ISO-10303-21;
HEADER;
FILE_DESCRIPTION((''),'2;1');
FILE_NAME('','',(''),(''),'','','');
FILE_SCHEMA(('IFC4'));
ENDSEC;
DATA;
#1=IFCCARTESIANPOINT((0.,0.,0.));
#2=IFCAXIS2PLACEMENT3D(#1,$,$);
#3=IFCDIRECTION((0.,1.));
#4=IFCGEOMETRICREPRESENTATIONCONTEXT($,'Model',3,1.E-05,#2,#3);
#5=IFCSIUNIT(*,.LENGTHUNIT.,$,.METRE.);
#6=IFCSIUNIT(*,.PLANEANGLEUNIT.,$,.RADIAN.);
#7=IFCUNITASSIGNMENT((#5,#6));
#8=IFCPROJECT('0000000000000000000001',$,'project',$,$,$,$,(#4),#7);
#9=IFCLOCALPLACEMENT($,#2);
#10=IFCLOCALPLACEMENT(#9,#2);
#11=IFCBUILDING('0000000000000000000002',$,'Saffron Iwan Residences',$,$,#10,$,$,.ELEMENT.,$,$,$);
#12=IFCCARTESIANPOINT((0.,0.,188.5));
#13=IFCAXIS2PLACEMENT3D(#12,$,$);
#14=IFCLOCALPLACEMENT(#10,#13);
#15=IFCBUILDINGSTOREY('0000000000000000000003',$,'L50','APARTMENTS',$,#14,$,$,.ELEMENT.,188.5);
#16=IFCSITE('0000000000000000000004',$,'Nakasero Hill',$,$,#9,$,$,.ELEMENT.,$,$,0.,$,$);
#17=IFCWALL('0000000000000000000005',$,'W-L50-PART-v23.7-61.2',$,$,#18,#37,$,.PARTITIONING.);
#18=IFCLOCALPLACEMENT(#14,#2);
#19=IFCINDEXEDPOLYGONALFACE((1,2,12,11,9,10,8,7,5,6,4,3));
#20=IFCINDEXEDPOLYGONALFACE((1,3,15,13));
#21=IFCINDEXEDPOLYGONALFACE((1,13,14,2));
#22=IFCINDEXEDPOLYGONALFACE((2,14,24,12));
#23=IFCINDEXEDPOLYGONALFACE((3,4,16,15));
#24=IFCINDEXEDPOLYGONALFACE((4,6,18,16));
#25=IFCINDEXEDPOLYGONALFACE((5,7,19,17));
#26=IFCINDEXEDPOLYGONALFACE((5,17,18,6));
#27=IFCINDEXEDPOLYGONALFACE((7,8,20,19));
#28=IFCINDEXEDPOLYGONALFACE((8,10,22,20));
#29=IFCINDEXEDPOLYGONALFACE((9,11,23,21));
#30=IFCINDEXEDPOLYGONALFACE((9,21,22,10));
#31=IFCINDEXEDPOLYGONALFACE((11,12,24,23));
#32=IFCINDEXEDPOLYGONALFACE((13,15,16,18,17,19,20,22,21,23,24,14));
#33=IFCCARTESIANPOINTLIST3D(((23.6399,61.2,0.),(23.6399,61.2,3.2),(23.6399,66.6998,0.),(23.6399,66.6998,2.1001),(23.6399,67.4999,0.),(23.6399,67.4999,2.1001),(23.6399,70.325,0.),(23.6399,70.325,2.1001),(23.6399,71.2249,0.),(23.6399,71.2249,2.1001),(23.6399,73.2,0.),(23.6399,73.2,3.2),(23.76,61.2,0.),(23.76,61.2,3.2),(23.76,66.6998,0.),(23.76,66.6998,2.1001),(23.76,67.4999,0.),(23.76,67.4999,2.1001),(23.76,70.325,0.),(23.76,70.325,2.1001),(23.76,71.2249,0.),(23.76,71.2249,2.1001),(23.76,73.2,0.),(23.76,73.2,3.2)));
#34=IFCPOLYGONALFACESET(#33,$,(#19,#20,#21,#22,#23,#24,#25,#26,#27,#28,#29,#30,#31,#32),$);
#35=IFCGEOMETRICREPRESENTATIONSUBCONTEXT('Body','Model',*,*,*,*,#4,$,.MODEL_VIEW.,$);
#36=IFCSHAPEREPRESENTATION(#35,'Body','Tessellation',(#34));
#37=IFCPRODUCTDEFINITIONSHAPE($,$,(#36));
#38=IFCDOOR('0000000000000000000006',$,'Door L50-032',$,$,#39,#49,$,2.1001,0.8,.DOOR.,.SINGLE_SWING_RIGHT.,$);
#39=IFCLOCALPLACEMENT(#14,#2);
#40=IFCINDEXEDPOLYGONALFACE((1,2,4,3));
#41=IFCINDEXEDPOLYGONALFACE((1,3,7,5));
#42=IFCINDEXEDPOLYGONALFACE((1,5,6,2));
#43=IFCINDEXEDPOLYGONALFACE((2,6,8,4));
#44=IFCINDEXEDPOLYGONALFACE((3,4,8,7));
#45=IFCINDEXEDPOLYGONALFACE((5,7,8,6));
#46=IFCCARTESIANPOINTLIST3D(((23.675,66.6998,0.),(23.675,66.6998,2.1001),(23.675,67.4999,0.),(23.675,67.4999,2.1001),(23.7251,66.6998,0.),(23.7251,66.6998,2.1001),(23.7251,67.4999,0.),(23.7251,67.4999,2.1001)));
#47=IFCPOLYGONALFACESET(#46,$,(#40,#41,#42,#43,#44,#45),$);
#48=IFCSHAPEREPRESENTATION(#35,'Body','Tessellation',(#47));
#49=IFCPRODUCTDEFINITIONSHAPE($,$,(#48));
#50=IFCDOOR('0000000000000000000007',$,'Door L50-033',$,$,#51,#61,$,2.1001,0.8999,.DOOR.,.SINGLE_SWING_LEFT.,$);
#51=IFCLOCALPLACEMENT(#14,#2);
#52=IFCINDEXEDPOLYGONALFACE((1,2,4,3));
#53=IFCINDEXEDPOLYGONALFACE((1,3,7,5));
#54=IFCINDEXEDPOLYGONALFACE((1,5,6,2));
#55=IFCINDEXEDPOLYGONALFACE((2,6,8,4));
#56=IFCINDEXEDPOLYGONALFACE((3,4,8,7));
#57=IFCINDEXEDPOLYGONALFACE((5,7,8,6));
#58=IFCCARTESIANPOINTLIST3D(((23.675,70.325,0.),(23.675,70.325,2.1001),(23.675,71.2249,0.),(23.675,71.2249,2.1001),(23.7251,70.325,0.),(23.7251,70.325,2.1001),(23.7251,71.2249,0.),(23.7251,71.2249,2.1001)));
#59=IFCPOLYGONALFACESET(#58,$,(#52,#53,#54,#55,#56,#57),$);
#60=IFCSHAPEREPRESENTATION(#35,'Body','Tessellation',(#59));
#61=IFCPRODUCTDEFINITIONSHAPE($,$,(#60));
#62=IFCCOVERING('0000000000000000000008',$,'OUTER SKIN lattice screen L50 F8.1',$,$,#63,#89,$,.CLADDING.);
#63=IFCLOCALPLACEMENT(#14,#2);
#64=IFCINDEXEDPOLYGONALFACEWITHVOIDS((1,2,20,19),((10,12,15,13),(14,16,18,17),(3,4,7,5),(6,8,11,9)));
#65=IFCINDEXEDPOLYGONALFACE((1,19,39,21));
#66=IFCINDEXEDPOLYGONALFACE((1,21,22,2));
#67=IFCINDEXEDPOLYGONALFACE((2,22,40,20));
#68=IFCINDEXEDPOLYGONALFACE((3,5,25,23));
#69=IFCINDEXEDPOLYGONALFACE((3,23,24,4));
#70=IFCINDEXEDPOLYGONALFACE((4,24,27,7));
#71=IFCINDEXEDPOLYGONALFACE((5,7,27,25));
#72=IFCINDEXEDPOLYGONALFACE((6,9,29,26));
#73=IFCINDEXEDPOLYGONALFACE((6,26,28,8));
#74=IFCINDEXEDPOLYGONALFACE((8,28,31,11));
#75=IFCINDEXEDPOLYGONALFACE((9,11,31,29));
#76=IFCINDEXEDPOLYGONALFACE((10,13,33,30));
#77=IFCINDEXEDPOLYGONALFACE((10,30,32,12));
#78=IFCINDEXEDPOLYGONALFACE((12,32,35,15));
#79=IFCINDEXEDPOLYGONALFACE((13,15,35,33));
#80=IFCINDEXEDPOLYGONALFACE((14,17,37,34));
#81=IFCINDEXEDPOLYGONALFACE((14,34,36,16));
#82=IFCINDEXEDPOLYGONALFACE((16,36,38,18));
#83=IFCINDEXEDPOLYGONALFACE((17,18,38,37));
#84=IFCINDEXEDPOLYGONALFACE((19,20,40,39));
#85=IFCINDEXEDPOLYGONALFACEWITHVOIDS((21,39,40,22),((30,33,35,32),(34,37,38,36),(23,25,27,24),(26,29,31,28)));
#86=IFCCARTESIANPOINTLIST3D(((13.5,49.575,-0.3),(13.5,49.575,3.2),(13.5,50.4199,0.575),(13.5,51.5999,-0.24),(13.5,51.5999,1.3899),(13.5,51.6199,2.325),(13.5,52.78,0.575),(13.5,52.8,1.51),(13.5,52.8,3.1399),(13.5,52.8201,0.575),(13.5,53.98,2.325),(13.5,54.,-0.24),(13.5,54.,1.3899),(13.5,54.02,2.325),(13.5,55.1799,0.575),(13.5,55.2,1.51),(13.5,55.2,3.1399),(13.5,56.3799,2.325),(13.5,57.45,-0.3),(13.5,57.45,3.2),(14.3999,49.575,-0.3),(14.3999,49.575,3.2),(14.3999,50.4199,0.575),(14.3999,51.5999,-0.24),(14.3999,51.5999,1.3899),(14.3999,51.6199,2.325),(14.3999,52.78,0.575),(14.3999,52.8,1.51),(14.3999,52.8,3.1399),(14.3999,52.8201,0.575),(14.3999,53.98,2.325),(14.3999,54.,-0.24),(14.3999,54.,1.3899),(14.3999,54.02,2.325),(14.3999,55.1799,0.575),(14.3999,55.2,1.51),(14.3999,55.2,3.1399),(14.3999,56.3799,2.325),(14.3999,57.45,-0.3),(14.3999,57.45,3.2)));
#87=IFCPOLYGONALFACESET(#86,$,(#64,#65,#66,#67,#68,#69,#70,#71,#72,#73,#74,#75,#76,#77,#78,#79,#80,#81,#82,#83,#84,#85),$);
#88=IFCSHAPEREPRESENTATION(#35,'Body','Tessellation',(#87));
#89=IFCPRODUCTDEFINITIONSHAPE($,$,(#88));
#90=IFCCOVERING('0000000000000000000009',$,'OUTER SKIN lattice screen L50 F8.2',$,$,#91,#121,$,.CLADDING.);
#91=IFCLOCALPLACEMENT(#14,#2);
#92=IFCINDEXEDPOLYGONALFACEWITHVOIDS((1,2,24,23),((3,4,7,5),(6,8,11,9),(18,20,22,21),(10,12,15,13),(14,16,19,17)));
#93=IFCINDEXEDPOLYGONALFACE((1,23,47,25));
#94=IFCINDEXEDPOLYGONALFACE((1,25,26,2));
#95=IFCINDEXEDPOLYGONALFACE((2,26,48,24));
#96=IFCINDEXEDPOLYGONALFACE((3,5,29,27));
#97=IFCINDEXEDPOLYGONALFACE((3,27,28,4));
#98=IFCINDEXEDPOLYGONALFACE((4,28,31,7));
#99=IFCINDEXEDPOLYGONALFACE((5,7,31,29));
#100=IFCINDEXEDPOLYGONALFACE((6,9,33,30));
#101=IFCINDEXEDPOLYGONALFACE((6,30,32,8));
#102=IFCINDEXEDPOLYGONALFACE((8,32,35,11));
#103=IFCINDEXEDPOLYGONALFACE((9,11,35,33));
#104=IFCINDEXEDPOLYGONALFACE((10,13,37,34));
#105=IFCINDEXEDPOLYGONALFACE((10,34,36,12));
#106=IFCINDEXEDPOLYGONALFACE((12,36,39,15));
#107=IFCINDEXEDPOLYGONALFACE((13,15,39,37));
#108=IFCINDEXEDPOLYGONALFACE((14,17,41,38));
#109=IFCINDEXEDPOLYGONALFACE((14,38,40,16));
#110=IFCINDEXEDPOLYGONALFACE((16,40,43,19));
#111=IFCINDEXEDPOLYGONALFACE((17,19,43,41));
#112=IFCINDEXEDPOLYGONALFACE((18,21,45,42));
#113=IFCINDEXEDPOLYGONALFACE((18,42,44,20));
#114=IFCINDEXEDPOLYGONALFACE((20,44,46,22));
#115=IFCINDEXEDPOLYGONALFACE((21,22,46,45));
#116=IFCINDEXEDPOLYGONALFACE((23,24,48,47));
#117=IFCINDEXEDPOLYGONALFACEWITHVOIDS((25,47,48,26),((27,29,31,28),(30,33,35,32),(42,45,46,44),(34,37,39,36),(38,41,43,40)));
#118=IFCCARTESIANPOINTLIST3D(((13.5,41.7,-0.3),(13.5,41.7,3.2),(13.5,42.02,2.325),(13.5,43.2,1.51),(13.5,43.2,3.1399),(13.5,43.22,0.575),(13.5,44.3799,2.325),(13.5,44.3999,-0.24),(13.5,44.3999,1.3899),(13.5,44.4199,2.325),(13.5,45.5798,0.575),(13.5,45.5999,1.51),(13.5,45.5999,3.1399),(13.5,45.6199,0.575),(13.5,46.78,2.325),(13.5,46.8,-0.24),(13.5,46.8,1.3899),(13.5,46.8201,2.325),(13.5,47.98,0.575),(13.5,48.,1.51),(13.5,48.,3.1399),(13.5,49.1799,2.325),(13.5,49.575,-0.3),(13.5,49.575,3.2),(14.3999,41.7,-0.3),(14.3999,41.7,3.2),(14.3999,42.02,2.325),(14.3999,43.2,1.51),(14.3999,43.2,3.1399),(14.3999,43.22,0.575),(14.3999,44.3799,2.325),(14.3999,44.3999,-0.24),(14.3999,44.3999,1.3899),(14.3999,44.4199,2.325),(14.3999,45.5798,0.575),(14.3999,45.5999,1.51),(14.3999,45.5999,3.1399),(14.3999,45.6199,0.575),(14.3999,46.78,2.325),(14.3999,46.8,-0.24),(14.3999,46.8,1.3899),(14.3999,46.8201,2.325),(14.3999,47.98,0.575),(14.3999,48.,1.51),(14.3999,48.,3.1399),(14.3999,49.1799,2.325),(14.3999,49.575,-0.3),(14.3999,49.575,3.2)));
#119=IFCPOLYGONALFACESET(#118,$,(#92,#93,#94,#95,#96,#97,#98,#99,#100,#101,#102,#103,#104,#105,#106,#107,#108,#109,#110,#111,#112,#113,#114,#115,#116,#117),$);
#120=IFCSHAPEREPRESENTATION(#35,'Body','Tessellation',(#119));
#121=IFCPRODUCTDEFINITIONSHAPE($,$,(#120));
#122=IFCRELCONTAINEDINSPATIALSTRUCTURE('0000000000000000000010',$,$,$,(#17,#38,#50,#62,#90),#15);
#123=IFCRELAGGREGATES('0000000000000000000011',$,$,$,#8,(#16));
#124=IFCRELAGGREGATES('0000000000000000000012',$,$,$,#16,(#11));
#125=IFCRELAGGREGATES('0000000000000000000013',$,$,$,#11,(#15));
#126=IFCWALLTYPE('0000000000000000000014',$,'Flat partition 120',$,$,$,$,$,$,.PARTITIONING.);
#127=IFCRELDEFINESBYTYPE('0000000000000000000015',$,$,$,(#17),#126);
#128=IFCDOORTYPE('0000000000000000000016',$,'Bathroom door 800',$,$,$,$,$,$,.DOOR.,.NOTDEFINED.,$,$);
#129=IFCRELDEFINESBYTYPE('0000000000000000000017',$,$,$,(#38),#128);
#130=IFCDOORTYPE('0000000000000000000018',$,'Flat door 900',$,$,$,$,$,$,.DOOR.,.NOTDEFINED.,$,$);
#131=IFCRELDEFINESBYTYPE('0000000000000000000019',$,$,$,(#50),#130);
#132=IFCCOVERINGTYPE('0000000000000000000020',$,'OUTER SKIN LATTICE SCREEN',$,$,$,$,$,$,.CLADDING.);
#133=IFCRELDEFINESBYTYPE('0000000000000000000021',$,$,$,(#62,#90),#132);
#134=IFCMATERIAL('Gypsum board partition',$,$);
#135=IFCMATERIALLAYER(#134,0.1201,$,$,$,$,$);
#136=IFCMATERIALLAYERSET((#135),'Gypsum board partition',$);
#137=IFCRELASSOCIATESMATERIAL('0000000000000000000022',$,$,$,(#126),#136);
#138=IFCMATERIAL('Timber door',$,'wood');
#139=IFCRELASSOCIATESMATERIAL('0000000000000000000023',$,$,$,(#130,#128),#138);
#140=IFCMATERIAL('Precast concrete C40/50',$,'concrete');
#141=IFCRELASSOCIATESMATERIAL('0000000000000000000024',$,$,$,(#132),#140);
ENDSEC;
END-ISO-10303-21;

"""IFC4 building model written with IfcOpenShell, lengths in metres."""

from ifc_helpers import new_model, si_unit, direction, frame, frame_2d, origin, place, context, subcontext, project, spatial, polyline, rectangle, outline, extrude, material, layer, layer_set, type_object, element, fill, save


model = new_model("IFC4")

# Units and contexts
model_context = context("Model", 3, precision=1e-05, world=origin(), true_north=direction((0.0, 1.0)))
body_context = subcontext(model_context, "Body", "Model", "MODEL_VIEW")
ifc_project = project(units=[si_unit("LENGTHUNIT", "METRE"), si_unit("PLANEANGLEUNIT", "RADIAN")], contexts=[model_context])

# Site, building, storey
site_placement = place(None, origin())
site = spatial("IfcSite", under=ifc_project, at=site_placement, Name="Nakasero Hill", CompositionType="ELEMENT", RefElevation=0.0)
building_placement = place(site_placement, origin())
building = spatial("IfcBuilding", under=site, at=building_placement, Name="Saffron Iwan Residences", CompositionType="ELEMENT")
storey_placement = place(building_placement, frame((0.0, 0.0, 188.5)))
storey = spatial("IfcBuildingStorey", under=building, at=storey_placement, Name="L50", Description="APARTMENTS", CompositionType="ELEMENT", Elevation=188.5)

# Shared definitions
ifc_material_1 = material(Name="Gypsum board partition")
ifc_layer_1 = layer(ifc_material_1, 0.1201)
ifc_layer_set_1 = layer_set([ifc_layer_1], Name="Gypsum board partition")
wall_type_1 = type_object("IfcWallType", Name="Flat partition 120", PredefinedType="PARTITIONING", material=ifc_layer_set_1)

# Shared definitions
ifc_material_2 = material(Name="Timber door", Category="wood")
door_type_1 = type_object("IfcDoorType", Name="Flat door 900", OperationType="NOTDEFINED", PredefinedType="DOOR", material=ifc_material_2)

# Shared definitions
door_type_2 = type_object("IfcDoorType", Name="Bathroom door 800", OperationType="NOTDEFINED", PredefinedType="DOOR", material=ifc_material_2)

# Wall, openings, doors
wall_1_placement = place(storey_placement, frame((23.7, 61.2, 0.0), z_axis=(0.0, 0.0, 1.0), x_axis=(0.0, 1.0, 0.0)))
wall_1 = element("IfcWall", 1, at=wall_1_placement, inside=storey, type_object=wall_type_1, Name="W-L50-PART-v23.7-61.2", PredefinedType="PARTITIONING", context=body_context, shape_type="SweptSolid", body=[
    extrude(rectangle(XDim=12.0, YDim=0.1201, at=frame_2d((6.0, 0.0))), origin(), (0.0, 0.0, 1.0), 3.2),
])
opening_1_placement = place(wall_1_placement, frame((5.5, 0.0, 0.0)))
opening_1 = element("IfcOpeningElement", 2, at=opening_1_placement, cuts=wall_1, PredefinedType="OPENING", context=body_context, shape_type="SweptSolid", body=[
    extrude(rectangle(XDim=0.8, YDim=2.1001, at=frame_2d((0.3999, 1.05))), frame((0.0, 0.0701, 0.0), z_axis=(0.0, -1.0, 0.0), x_axis=(1.0, 0.0, 0.0)), (0.0, 0.0, 1.0), 0.1401),
])
opening_2_placement = place(wall_1_placement, frame((9.125, 0.0, 0.0)))
opening_2 = element("IfcOpeningElement", 3, at=opening_2_placement, cuts=wall_1, PredefinedType="OPENING", context=body_context, shape_type="SweptSolid", body=[
    extrude(rectangle(XDim=0.8999, YDim=2.1001, at=frame_2d((0.45, 1.05))), frame((0.0, 0.0701, 0.0), z_axis=(0.0, -1.0, 0.0), x_axis=(1.0, 0.0, 0.0)), (0.0, 0.0, 1.0), 0.1401),
])
door_1_placement = place(opening_1_placement, origin())
door_1 = element("IfcDoor", 4, at=door_1_placement, inside=storey, type_object=door_type_2, Name="Door L50-032", OperationType="SINGLE_SWING_RIGHT", OverallHeight=2.1001, OverallWidth=0.8, PredefinedType="DOOR", context=body_context, shape_type="SweptSolid", body=[
    extrude(rectangle(XDim=0.8, YDim=2.1001, at=frame_2d((0.3999, 1.05))), frame((0.0, 0.0249, 0.0), z_axis=(0.0, -1.0, 0.0), x_axis=(1.0, 0.0, 0.0)), (0.0, 0.0, 1.0), 0.05),
])
fill(opening_1, door_1)
door_2_placement = place(opening_2_placement, origin())
door_2 = element("IfcDoor", 5, at=door_2_placement, inside=storey, type_object=door_type_1, Name="Door L50-033", OperationType="SINGLE_SWING_LEFT", OverallHeight=2.1001, OverallWidth=0.8999, PredefinedType="DOOR", context=body_context, shape_type="SweptSolid", body=[
    extrude(rectangle(XDim=0.8999, YDim=2.1001, at=frame_2d((0.45, 1.05))), frame((0.0, 0.0249, 0.0), z_axis=(0.0, -1.0, 0.0), x_axis=(1.0, 0.0, 0.0)), (0.0, 0.0, 1.0), 0.05),
])
fill(opening_2, door_2)

# Coverings
ifc_material_3 = material(Name="Precast concrete C40/50", Category="concrete")
covering_type = type_object("IfcCoveringType", Name="OUTER SKIN LATTICE SCREEN", PredefinedType="CLADDING", material=ifc_material_3)
covering_1_placement = place(storey_placement, frame((14.3999, 57.45, -0.3), z_axis=(-1.0, 0.0, 0.0), x_axis=(0.0, -1.0, 0.0)))
element("IfcCovering", 6, at=covering_1_placement, inside=storey, type_object=covering_type, Name="OUTER SKIN lattice screen L50 F8.1", PredefinedType="CLADDING", context=body_context, shape_type="SweptSolid", body=[
    extrude(outline(polyline([(0.0, 0.0), (7.875, 0.0), (7.875, 3.5), (0.0, 3.5), (0.0, 0.0)]), holes=[polyline([(2.27, 0.875), (3.45, 0.0601), (4.6299, 0.875), (3.45, 1.6899), (2.27, 0.875)]), polyline([(4.6699, 0.875), (5.8501, 0.0601), (7.03, 0.875), (5.8501, 1.6899), (4.6699, 0.875)]), polyline([(1.0701, 2.625), (2.25, 1.8101), (3.4299, 2.625), (2.25, 3.4399), (1.0701, 2.625)]), polyline([(3.47, 2.625), (4.6499, 1.8101), (5.8301, 2.625), (4.6499, 3.4399), (3.47, 2.625)])]), origin(), (0.0, 0.0, 1.0), 0.8999),
])
covering_2_placement = place(storey_placement, frame((14.3999, 49.575, -0.3), z_axis=(-1.0, 0.0, 0.0), x_axis=(0.0, -1.0, 0.0)))
element("IfcCovering", 7, at=covering_2_placement, inside=storey, type_object=covering_type, Name="OUTER SKIN lattice screen L50 F8.2", PredefinedType="CLADDING", context=body_context, shape_type="SweptSolid", body=[
    extrude(outline(polyline([(0.0, 0.0), (7.875, 0.0), (7.875, 3.5), (0.0, 3.5), (0.0, 0.0)]), holes=[polyline([(1.595, 0.875), (2.7749, 0.0601), (3.9551, 0.875), (2.7749, 1.6899), (1.595, 0.875)]), polyline([(3.9951, 0.875), (5.175, 0.0601), (6.355, 0.875), (5.175, 1.6899), (3.9951, 0.875)]), polyline([(0.395, 2.625), (1.575, 1.8101), (2.7549, 2.625), (1.575, 3.4399), (0.395, 2.625)]), polyline([(2.7949, 2.625), (3.9751, 1.8101), (5.155, 2.625), (3.9751, 3.4399), (2.7949, 2.625)]), polyline([(5.1951, 2.625), (6.375, 1.8101), (7.5549, 2.625), (6.375, 3.4399), (5.1951, 2.625)])]), origin(), (0.0, 0.0, 1.0), 0.8999),
])

save(model, "model.ifc")
